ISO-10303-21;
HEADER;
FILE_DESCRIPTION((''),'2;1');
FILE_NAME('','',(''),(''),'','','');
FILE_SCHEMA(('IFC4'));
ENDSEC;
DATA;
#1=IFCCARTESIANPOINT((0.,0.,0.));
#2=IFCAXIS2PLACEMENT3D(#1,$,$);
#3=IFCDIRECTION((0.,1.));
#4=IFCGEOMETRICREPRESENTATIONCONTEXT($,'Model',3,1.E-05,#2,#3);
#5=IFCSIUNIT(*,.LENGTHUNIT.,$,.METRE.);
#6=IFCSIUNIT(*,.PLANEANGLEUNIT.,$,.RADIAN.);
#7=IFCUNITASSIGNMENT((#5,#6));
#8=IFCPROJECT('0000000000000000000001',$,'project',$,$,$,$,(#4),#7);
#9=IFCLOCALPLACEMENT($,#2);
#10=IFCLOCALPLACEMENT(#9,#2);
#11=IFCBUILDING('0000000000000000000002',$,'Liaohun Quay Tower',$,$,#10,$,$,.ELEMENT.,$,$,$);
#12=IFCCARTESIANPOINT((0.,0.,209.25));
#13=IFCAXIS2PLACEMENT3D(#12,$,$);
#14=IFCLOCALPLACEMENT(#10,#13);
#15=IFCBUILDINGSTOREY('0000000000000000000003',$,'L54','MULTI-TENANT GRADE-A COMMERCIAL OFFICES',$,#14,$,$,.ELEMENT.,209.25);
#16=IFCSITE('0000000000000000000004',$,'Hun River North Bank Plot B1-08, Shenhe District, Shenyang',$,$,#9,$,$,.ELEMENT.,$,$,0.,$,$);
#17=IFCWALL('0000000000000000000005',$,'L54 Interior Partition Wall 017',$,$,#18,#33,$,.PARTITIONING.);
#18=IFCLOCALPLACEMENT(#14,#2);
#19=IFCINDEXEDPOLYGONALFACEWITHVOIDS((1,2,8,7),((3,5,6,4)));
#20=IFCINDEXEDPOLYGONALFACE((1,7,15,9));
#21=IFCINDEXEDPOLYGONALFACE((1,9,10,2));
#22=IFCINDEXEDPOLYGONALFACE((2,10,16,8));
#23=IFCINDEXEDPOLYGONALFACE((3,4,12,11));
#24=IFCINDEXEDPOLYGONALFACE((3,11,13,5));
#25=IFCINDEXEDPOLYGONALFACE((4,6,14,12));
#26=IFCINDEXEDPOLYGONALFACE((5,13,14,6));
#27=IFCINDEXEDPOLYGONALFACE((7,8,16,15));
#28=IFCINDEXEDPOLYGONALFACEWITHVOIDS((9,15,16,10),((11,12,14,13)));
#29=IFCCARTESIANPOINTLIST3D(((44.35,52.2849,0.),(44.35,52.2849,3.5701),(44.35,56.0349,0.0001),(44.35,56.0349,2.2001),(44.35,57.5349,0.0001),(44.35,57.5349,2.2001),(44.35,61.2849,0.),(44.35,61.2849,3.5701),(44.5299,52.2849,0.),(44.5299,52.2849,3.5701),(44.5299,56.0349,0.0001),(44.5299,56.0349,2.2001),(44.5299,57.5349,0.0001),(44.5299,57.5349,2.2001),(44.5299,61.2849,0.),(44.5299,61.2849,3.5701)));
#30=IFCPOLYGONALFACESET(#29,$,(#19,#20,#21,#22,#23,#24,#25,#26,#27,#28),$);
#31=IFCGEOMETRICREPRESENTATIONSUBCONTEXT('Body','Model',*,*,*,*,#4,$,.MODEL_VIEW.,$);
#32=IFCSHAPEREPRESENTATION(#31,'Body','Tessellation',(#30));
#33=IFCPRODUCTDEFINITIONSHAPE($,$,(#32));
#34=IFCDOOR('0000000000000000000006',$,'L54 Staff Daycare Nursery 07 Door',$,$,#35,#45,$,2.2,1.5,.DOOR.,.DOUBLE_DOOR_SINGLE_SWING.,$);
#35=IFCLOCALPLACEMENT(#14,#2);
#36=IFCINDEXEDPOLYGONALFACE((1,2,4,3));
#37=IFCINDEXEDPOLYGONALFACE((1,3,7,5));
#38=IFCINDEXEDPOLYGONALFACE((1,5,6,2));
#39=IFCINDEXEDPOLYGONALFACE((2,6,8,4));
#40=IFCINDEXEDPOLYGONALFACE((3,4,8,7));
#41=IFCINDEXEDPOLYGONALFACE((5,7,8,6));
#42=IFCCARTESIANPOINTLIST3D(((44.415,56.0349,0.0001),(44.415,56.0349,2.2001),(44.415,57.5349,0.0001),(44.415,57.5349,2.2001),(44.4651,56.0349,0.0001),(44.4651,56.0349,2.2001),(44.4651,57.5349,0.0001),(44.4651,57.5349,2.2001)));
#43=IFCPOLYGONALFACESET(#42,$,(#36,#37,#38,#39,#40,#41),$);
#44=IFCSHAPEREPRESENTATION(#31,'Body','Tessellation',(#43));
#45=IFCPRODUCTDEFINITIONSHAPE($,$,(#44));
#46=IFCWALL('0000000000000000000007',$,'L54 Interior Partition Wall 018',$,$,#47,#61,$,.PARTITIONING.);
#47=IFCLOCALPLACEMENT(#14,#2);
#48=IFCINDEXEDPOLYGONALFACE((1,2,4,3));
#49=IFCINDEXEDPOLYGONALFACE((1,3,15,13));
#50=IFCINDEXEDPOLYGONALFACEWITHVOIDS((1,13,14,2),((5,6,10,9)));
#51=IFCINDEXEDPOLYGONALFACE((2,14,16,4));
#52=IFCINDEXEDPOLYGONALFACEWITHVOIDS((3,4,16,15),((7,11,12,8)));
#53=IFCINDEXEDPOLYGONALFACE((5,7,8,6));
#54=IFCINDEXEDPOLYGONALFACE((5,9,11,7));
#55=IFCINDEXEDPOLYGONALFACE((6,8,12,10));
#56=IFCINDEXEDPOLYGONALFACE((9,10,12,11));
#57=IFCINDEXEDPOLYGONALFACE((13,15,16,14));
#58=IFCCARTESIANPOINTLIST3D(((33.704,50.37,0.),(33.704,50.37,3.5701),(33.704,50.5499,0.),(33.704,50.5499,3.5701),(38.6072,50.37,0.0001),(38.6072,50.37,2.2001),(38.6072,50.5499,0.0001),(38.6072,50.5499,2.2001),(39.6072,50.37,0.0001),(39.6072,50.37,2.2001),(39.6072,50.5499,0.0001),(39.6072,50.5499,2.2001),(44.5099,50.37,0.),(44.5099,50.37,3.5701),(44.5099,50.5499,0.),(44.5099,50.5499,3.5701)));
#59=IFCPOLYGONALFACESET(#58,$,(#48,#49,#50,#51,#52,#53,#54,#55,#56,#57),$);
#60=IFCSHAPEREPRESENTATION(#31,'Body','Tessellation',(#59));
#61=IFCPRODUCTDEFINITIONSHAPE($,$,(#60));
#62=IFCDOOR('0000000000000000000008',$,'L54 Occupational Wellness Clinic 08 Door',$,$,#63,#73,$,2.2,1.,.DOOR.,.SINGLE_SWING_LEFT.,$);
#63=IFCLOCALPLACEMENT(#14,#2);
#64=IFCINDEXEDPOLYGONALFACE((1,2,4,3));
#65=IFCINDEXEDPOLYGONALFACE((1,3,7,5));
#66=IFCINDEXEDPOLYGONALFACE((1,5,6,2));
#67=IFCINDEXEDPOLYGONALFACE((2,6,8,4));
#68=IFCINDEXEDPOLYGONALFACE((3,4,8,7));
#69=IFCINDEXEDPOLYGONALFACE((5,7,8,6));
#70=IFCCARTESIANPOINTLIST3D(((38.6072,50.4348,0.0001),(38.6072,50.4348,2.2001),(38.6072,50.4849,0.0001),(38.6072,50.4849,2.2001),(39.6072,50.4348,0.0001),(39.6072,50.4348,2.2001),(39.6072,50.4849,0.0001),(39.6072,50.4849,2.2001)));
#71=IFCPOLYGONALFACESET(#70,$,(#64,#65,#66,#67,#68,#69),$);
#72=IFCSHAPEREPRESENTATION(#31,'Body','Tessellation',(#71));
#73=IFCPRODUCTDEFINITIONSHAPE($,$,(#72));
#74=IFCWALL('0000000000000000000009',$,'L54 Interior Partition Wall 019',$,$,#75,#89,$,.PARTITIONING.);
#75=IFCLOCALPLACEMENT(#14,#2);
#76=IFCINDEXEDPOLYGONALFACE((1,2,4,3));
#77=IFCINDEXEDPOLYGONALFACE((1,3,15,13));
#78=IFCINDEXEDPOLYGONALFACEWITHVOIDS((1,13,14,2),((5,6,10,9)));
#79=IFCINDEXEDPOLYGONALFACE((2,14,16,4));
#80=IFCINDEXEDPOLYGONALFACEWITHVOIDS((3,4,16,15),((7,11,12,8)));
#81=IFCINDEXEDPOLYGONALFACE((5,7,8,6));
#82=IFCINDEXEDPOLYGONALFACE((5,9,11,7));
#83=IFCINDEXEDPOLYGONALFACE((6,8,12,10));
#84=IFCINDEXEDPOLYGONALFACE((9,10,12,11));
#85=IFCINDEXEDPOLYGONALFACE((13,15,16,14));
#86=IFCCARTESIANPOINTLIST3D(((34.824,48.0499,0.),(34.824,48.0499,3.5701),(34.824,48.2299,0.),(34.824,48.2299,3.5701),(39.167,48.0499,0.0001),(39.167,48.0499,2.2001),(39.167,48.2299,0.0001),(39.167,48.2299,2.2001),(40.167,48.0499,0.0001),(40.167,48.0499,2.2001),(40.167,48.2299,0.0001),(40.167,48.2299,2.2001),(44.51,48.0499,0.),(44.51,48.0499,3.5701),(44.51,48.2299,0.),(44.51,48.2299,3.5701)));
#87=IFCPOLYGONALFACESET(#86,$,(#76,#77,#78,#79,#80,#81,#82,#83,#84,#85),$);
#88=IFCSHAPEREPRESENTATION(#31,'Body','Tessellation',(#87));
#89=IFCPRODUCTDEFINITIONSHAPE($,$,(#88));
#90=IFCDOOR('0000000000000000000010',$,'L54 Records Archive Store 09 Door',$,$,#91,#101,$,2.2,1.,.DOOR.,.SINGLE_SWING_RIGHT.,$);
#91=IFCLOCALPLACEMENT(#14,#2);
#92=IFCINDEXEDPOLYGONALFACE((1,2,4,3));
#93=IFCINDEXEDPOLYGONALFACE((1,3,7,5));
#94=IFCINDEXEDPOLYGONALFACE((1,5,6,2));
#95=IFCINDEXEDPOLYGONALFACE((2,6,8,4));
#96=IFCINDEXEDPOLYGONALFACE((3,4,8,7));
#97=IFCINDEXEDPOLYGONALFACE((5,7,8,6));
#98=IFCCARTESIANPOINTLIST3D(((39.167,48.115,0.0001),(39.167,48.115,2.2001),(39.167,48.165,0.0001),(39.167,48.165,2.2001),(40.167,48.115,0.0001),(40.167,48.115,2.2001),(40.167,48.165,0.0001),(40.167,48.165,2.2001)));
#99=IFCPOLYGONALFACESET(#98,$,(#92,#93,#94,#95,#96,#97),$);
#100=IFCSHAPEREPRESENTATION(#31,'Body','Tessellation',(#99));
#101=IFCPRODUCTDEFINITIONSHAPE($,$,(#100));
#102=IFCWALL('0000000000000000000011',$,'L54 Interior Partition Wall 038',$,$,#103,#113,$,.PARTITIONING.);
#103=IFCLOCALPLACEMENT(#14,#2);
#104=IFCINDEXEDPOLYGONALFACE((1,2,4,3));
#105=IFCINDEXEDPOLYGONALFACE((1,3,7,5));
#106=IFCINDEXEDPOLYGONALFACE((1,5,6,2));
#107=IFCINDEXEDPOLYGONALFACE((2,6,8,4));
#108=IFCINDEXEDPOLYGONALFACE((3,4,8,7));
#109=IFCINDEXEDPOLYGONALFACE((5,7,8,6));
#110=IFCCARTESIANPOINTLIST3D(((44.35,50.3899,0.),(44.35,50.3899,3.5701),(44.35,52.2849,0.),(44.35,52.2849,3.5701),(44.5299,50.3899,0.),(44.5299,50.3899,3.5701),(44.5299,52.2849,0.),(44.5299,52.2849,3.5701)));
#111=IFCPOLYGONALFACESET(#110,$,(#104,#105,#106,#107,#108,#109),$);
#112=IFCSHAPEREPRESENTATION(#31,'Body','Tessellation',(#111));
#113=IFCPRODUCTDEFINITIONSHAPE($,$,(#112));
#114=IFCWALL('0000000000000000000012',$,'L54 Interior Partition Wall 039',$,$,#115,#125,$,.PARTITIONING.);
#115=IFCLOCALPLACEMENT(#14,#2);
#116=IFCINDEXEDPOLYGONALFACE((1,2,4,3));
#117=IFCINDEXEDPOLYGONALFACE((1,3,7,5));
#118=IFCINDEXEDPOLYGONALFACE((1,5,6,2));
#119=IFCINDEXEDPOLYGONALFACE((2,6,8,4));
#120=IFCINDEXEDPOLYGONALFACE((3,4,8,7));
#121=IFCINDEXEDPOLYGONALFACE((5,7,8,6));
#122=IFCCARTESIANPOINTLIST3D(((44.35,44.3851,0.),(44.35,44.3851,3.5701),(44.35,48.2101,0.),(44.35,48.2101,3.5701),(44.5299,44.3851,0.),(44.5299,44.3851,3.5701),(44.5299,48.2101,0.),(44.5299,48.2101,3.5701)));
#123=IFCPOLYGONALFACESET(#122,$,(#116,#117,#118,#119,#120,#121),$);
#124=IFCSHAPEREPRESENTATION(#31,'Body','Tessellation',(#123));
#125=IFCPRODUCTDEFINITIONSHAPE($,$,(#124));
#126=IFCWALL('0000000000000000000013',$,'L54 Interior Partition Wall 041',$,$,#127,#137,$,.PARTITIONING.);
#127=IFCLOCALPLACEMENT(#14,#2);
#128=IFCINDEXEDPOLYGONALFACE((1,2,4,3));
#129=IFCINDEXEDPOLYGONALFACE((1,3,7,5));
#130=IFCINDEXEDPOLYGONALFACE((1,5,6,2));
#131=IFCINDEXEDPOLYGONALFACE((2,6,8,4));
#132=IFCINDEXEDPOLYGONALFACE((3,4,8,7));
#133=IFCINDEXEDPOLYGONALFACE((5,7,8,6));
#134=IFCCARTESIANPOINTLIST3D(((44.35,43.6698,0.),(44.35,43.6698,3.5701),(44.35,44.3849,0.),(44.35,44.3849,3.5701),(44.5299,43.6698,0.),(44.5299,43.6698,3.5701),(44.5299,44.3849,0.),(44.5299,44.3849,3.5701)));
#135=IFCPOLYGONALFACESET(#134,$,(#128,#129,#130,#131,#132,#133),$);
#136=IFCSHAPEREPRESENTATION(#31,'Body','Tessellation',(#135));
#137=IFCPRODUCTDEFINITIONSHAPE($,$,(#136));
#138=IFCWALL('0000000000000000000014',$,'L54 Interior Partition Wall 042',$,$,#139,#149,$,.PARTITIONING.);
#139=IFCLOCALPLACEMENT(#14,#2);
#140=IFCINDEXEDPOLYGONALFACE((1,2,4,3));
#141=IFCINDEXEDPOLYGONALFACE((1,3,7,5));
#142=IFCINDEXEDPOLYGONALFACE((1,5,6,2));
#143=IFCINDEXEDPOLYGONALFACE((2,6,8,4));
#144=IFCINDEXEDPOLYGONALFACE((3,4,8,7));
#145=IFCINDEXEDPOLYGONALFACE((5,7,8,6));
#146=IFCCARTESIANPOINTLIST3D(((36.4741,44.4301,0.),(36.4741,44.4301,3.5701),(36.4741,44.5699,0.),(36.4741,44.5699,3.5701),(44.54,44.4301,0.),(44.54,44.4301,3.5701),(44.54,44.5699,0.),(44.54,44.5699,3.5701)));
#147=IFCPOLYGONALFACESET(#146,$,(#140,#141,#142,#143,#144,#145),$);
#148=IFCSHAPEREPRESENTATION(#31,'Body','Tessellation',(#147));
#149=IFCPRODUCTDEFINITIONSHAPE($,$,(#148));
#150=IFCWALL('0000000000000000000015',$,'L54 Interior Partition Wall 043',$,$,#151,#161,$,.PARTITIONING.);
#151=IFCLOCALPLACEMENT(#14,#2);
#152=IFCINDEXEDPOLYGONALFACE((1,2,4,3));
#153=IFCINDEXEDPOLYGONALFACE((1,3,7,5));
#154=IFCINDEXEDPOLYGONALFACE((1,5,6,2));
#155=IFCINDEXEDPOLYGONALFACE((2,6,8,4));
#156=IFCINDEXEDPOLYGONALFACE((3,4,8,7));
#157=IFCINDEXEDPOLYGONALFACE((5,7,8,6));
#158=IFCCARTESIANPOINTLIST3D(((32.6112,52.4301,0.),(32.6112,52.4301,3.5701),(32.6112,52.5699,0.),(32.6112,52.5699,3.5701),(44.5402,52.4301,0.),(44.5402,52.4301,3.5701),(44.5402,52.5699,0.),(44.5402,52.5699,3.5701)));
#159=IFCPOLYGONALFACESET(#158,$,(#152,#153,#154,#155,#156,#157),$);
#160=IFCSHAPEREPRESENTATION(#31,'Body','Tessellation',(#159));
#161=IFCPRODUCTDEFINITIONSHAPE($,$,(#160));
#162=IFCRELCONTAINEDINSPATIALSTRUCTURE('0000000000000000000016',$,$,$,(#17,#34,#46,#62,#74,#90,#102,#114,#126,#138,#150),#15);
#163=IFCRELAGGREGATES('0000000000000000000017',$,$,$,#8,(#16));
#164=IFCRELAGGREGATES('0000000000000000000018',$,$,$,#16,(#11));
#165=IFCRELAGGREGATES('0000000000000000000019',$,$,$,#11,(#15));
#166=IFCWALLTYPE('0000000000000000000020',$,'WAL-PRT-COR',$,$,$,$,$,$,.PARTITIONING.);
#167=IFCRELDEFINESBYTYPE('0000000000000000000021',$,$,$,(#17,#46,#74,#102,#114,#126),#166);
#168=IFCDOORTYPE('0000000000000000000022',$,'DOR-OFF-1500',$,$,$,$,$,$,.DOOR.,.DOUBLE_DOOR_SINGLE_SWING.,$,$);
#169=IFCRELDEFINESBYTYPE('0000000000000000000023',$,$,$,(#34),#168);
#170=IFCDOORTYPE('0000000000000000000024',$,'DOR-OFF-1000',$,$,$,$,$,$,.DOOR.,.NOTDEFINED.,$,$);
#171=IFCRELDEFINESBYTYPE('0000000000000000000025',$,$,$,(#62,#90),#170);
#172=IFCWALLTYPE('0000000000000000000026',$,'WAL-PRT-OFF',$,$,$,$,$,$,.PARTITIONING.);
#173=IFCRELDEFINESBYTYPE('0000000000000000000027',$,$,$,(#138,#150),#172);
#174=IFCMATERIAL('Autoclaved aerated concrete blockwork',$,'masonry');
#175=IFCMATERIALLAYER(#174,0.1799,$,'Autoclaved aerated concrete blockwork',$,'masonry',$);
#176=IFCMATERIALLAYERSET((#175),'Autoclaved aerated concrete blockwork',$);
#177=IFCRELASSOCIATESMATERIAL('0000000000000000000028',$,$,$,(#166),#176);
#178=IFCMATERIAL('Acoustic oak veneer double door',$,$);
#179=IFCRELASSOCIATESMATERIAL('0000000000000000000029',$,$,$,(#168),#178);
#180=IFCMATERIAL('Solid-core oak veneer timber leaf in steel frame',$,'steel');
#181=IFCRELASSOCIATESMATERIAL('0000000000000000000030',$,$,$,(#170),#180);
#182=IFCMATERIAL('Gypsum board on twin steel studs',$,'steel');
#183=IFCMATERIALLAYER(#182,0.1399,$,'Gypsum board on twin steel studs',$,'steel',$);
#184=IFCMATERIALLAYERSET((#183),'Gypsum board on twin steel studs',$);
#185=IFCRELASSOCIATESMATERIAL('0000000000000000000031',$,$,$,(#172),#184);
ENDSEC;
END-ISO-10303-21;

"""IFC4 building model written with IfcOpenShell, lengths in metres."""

from ifc_helpers import new_model, si_unit, direction, frame, frame_2d, origin, place, context, subcontext, project, spatial, rectangle, extrude, source, transform, mapped, material, layer, layer_set, type_object, element, fill, save


model = new_model("IFC4")

# Units and contexts
model_context = context("Model", 3, precision=1e-05, world=origin(), true_north=direction((0.0, 1.0)))
body_context = subcontext(model_context, "Body", "Model", "MODEL_VIEW")
ifc_project = project(units=[si_unit("LENGTHUNIT", "METRE"), si_unit("PLANEANGLEUNIT", "RADIAN")], contexts=[model_context])

# Site, building, storey
site_placement = place(None, origin())
site = spatial("IfcSite", under=ifc_project, at=site_placement, Name="Hun River North Bank Plot B1-08, Shenhe District, Shenyang", CompositionType="ELEMENT", RefElevation=0.0)
building_placement = place(site_placement, origin())
building = spatial("IfcBuilding", under=site, at=building_placement, Name="Liaohun Quay Tower", CompositionType="ELEMENT")
storey_placement = place(building_placement, frame((0.0, 0.0, 209.25)))
storey = spatial("IfcBuildingStorey", under=building, at=storey_placement, Name="L54", Description="MULTI-TENANT GRADE-A COMMERCIAL OFFICES", CompositionType="ELEMENT", Elevation=209.25)

# Walls, openings, doors
ifc_material_1 = material(Name="Autoclaved aerated concrete blockwork", Category="masonry")
ifc_layer_1 = layer(ifc_material_1, 0.1799, Name="Autoclaved aerated concrete blockwork", Category="masonry")
ifc_layer_set_1 = layer_set([ifc_layer_1], Name="Autoclaved aerated concrete blockwork")
wall_type_1 = type_object("IfcWallType", Name="WAL-PRT-COR", PredefinedType="PARTITIONING", material=ifc_layer_set_1)
wall_1_placement = place(storey_placement, frame((44.4399, 52.2849, 0.0), z_axis=(0.0, 0.0, 1.0), x_axis=(0.0, 1.0, 0.0)))
wall_1 = element("IfcWall", 1, at=wall_1_placement, inside=storey, type_object=wall_type_1, Name="L54 Interior Partition Wall 017", PredefinedType="PARTITIONING", context=body_context, shape_type="SweptSolid", body=[
    extrude(rectangle(XDim=9.0, YDim=0.1799, at=frame_2d((4.5, 0.0))), origin(), (0.0, 0.0, 1.0), 3.5701),
])
shared_shape_1 = source(origin(), body_context, "Body", "SweptSolid", [
    extrude(rectangle(XDim=1.5, YDim=2.2, at=frame_2d((0.75, 1.1001))), frame((0.0, 0.0999, 0.0), z_axis=(0.0, -1.0, 0.0), x_axis=(1.0, 0.0, 0.0)), (0.0, 0.0, 1.0), 0.2),
])
opening_1_placement = place(wall_1_placement, frame((3.75, 0.0, 0.0)))
opening_1 = element("IfcOpeningElement", 2, at=opening_1_placement, cuts=wall_1, PredefinedType="OPENING", context=body_context, shape_type="MappedRepresentation", body=[
    mapped(shared_shape_1, transform((0.0, 0.0, 0.0), x_axis=(1.0, 0.0, 0.0), y_axis=(0.0, 1.0, 0.0), z_axis=(0.0, 0.0, 1.0), scale=1.0)),
])
ifc_material_2 = material(Name="Acoustic oak veneer double door")
door_type_1 = type_object("IfcDoorType", Name="DOR-OFF-1500", OperationType="DOUBLE_DOOR_SINGLE_SWING", PredefinedType="DOOR", material=ifc_material_2)
shared_shape_2 = source(origin(), body_context, "Body", "SweptSolid", [
    extrude(rectangle(XDim=1.5, YDim=2.2, at=frame_2d((0.75, 1.1001))), frame((0.0, 0.0249, 0.0), z_axis=(0.0, -1.0, 0.0), x_axis=(1.0, 0.0, 0.0)), (0.0, 0.0, 1.0), 0.05),
])
door_1_placement = place(opening_1_placement, origin())
door_1 = element("IfcDoor", 3, at=door_1_placement, inside=storey, type_object=door_type_1, Name="L54 Staff Daycare Nursery 07 Door", OperationType="DOUBLE_DOOR_SINGLE_SWING", OverallHeight=2.2, OverallWidth=1.5, PredefinedType="DOOR", context=body_context, shape_type="MappedRepresentation", body=[
    mapped(shared_shape_2, transform((0.0, 0.0, 0.0), x_axis=(1.0, 0.0, 0.0), y_axis=(0.0, 1.0, 0.0), z_axis=(0.0, 0.0, 1.0), scale=1.0)),
])
fill(opening_1, door_1)
wall_2_placement = place(storey_placement, frame((33.7041, 50.46, 0.0), z_axis=(0.0, 0.0, 1.0), x_axis=(1.0, 0.0, 0.0)))
wall_2 = element("IfcWall", 4, at=wall_2_placement, inside=storey, type_object=wall_type_1, Name="L54 Interior Partition Wall 018", PredefinedType="PARTITIONING", context=body_context, shape_type="SweptSolid", body=[
    extrude(rectangle(XDim=10.8059, YDim=0.1799, at=frame_2d((5.4028, 0.0))), origin(), (0.0, 0.0, 1.0), 3.5701),
])
shared_shape_3 = source(origin(), body_context, "Body", "SweptSolid", [
    extrude(rectangle(XDim=1.0, YDim=2.2, at=frame_2d((0.5, 1.1001))), frame((0.0, 0.0999, 0.0), z_axis=(0.0, -1.0, 0.0), x_axis=(1.0, 0.0, 0.0)), (0.0, 0.0, 1.0), 0.2),
])
opening_2_placement = place(wall_2_placement, frame((4.9031, 0.0, 0.0)))
opening_2 = element("IfcOpeningElement", 5, at=opening_2_placement, cuts=wall_2, PredefinedType="OPENING", context=body_context, shape_type="MappedRepresentation", body=[
    mapped(shared_shape_3, transform((0.0, 0.0, 0.0), x_axis=(1.0, 0.0, 0.0), y_axis=(0.0, 1.0, 0.0), z_axis=(0.0, 0.0, 1.0), scale=1.0)),
])
ifc_material_3 = material(Name="Solid-core oak veneer timber leaf in steel frame", Category="steel")
door_type_2 = type_object("IfcDoorType", Name="DOR-OFF-1000", OperationType="NOTDEFINED", PredefinedType="DOOR", material=ifc_material_3)
shared_shape_4 = source(origin(), body_context, "Body", "SweptSolid", [
    extrude(rectangle(XDim=1.0, YDim=2.2, at=frame_2d((0.5, 1.1001))), frame((0.0, 0.0249, 0.0), z_axis=(0.0, -1.0, 0.0), x_axis=(1.0, 0.0, 0.0)), (0.0, 0.0, 1.0), 0.05),
])
door_2_placement = place(opening_2_placement, origin())
door_2 = element("IfcDoor", 6, at=door_2_placement, inside=storey, type_object=door_type_2, Name="L54 Occupational Wellness Clinic 08 Door", OperationType="SINGLE_SWING_LEFT", OverallHeight=2.2, OverallWidth=1.0, PredefinedType="DOOR", context=body_context, shape_type="MappedRepresentation", body=[
    mapped(shared_shape_4, transform((0.0, 0.0, 0.0), x_axis=(1.0, 0.0, 0.0), y_axis=(0.0, 1.0, 0.0), z_axis=(0.0, 0.0, 1.0), scale=1.0)),
])
fill(opening_2, door_2)
wall_3_placement = place(storey_placement, frame((44.51, 48.1399, 0.0), z_axis=(0.0, 0.0, 1.0), x_axis=(-1.0, 0.0, 0.0)))
wall_3 = element("IfcWall", 7, at=wall_3_placement, inside=storey, type_object=wall_type_1, Name="L54 Interior Partition Wall 019", PredefinedType="PARTITIONING", context=body_context, shape_type="SweptSolid", body=[
    extrude(rectangle(XDim=9.686, YDim=0.1799, at=frame_2d((4.843, 0.0))), origin(), (0.0, 0.0, 1.0), 3.5701),
])
opening_3_placement = place(wall_3_placement, frame((4.343, 0.0, 0.0)))
opening_3 = element("IfcOpeningElement", 8, at=opening_3_placement, cuts=wall_3, PredefinedType="OPENING", context=body_context, shape_type="MappedRepresentation", body=[
    mapped(shared_shape_3, transform((0.0, 0.0, 0.0), x_axis=(1.0, 0.0, 0.0), y_axis=(0.0, 1.0, 0.0), z_axis=(0.0, 0.0, 1.0), scale=1.0)),
])
door_3_placement = place(opening_3_placement, origin())
door_3 = element("IfcDoor", 9, at=door_3_placement, inside=storey, type_object=door_type_2, Name="L54 Records Archive Store 09 Door", OperationType="SINGLE_SWING_RIGHT", OverallHeight=2.2, OverallWidth=1.0, PredefinedType="DOOR", context=body_context, shape_type="MappedRepresentation", body=[
    mapped(shared_shape_4, transform((0.0, 0.0, 0.0), x_axis=(1.0, 0.0, 0.0), y_axis=(0.0, 1.0, 0.0), z_axis=(0.0, 0.0, 1.0), scale=1.0)),
])
fill(opening_3, door_3)

# Walls
wall_4_placement = place(storey_placement, frame((44.4399, 50.3899, 0.0), z_axis=(0.0, 0.0, 1.0), x_axis=(0.0, 1.0, 0.0)))
element("IfcWall", 10, at=wall_4_placement, inside=storey, type_object=wall_type_1, Name="L54 Interior Partition Wall 038", PredefinedType="PARTITIONING", context=body_context, shape_type="SweptSolid", body=[
    extrude(rectangle(XDim=1.895, YDim=0.1799, at=frame_2d((0.9475, 0.0))), origin(), (0.0, 0.0, 1.0), 3.5701),
])
wall_5_placement = place(storey_placement, frame((44.4399, 44.385, 0.0), z_axis=(0.0, 0.0, 1.0), x_axis=(0.0, 1.0, 0.0)))
element("IfcWall", 11, at=wall_5_placement, inside=storey, type_object=wall_type_1, Name="L54 Interior Partition Wall 039", PredefinedType="PARTITIONING", context=body_context, shape_type="SweptSolid", body=[
    extrude(rectangle(XDim=3.825, YDim=0.1799, at=frame_2d((1.9126, 0.0))), origin(), (0.0, 0.0, 1.0), 3.5701),
])
wall_6_placement = place(storey_placement, frame((44.4399, 43.6699, 0.0), z_axis=(0.0, 0.0, 1.0), x_axis=(0.0, 1.0, 0.0)))
element("IfcWall", 12, at=wall_6_placement, inside=storey, type_object=wall_type_1, Name="L54 Interior Partition Wall 041", PredefinedType="PARTITIONING", context=body_context, shape_type="SweptSolid", body=[
    extrude(rectangle(XDim=0.7151, YDim=0.1799, at=frame_2d((0.3574, 0.0))), origin(), (0.0, 0.0, 1.0), 3.5701),
])
ifc_material_4 = material(Name="Gypsum board on twin steel studs", Category="steel")
ifc_layer_2 = layer(ifc_material_4, 0.1399, Name="Gypsum board on twin steel studs", Category="steel")
ifc_layer_set_2 = layer_set([ifc_layer_2], Name="Gypsum board on twin steel studs")
wall_type_2 = type_object("IfcWallType", Name="WAL-PRT-OFF", PredefinedType="PARTITIONING", material=ifc_layer_set_2)
wall_7_placement = place(storey_placement, frame((44.54, 44.5, 0.0), z_axis=(0.0, 0.0, 1.0), x_axis=(-1.0, 0.0, 0.0)))
element("IfcWall", 13, at=wall_7_placement, inside=storey, type_object=wall_type_2, Name="L54 Interior Partition Wall 042", PredefinedType="PARTITIONING", context=body_context, shape_type="SweptSolid", body=[
    extrude(rectangle(XDim=8.0659, YDim=0.1399, at=frame_2d((4.033, 0.0))), origin(), (0.0, 0.0, 1.0), 3.5701),
])
wall_8_placement = place(storey_placement, frame((44.54, 52.5, 0.0), z_axis=(0.0, 0.0, 1.0), x_axis=(-1.0, 0.0, 0.0)))
element("IfcWall", 14, at=wall_8_placement, inside=storey, type_object=wall_type_2, Name="L54 Interior Partition Wall 043", PredefinedType="PARTITIONING", context=body_context, shape_type="SweptSolid", body=[
    extrude(rectangle(XDim=11.929, YDim=0.1399, at=frame_2d((5.9644, 0.0))), origin(), (0.0, 0.0, 1.0), 3.5701),
])

save(model, "model.ifc")
